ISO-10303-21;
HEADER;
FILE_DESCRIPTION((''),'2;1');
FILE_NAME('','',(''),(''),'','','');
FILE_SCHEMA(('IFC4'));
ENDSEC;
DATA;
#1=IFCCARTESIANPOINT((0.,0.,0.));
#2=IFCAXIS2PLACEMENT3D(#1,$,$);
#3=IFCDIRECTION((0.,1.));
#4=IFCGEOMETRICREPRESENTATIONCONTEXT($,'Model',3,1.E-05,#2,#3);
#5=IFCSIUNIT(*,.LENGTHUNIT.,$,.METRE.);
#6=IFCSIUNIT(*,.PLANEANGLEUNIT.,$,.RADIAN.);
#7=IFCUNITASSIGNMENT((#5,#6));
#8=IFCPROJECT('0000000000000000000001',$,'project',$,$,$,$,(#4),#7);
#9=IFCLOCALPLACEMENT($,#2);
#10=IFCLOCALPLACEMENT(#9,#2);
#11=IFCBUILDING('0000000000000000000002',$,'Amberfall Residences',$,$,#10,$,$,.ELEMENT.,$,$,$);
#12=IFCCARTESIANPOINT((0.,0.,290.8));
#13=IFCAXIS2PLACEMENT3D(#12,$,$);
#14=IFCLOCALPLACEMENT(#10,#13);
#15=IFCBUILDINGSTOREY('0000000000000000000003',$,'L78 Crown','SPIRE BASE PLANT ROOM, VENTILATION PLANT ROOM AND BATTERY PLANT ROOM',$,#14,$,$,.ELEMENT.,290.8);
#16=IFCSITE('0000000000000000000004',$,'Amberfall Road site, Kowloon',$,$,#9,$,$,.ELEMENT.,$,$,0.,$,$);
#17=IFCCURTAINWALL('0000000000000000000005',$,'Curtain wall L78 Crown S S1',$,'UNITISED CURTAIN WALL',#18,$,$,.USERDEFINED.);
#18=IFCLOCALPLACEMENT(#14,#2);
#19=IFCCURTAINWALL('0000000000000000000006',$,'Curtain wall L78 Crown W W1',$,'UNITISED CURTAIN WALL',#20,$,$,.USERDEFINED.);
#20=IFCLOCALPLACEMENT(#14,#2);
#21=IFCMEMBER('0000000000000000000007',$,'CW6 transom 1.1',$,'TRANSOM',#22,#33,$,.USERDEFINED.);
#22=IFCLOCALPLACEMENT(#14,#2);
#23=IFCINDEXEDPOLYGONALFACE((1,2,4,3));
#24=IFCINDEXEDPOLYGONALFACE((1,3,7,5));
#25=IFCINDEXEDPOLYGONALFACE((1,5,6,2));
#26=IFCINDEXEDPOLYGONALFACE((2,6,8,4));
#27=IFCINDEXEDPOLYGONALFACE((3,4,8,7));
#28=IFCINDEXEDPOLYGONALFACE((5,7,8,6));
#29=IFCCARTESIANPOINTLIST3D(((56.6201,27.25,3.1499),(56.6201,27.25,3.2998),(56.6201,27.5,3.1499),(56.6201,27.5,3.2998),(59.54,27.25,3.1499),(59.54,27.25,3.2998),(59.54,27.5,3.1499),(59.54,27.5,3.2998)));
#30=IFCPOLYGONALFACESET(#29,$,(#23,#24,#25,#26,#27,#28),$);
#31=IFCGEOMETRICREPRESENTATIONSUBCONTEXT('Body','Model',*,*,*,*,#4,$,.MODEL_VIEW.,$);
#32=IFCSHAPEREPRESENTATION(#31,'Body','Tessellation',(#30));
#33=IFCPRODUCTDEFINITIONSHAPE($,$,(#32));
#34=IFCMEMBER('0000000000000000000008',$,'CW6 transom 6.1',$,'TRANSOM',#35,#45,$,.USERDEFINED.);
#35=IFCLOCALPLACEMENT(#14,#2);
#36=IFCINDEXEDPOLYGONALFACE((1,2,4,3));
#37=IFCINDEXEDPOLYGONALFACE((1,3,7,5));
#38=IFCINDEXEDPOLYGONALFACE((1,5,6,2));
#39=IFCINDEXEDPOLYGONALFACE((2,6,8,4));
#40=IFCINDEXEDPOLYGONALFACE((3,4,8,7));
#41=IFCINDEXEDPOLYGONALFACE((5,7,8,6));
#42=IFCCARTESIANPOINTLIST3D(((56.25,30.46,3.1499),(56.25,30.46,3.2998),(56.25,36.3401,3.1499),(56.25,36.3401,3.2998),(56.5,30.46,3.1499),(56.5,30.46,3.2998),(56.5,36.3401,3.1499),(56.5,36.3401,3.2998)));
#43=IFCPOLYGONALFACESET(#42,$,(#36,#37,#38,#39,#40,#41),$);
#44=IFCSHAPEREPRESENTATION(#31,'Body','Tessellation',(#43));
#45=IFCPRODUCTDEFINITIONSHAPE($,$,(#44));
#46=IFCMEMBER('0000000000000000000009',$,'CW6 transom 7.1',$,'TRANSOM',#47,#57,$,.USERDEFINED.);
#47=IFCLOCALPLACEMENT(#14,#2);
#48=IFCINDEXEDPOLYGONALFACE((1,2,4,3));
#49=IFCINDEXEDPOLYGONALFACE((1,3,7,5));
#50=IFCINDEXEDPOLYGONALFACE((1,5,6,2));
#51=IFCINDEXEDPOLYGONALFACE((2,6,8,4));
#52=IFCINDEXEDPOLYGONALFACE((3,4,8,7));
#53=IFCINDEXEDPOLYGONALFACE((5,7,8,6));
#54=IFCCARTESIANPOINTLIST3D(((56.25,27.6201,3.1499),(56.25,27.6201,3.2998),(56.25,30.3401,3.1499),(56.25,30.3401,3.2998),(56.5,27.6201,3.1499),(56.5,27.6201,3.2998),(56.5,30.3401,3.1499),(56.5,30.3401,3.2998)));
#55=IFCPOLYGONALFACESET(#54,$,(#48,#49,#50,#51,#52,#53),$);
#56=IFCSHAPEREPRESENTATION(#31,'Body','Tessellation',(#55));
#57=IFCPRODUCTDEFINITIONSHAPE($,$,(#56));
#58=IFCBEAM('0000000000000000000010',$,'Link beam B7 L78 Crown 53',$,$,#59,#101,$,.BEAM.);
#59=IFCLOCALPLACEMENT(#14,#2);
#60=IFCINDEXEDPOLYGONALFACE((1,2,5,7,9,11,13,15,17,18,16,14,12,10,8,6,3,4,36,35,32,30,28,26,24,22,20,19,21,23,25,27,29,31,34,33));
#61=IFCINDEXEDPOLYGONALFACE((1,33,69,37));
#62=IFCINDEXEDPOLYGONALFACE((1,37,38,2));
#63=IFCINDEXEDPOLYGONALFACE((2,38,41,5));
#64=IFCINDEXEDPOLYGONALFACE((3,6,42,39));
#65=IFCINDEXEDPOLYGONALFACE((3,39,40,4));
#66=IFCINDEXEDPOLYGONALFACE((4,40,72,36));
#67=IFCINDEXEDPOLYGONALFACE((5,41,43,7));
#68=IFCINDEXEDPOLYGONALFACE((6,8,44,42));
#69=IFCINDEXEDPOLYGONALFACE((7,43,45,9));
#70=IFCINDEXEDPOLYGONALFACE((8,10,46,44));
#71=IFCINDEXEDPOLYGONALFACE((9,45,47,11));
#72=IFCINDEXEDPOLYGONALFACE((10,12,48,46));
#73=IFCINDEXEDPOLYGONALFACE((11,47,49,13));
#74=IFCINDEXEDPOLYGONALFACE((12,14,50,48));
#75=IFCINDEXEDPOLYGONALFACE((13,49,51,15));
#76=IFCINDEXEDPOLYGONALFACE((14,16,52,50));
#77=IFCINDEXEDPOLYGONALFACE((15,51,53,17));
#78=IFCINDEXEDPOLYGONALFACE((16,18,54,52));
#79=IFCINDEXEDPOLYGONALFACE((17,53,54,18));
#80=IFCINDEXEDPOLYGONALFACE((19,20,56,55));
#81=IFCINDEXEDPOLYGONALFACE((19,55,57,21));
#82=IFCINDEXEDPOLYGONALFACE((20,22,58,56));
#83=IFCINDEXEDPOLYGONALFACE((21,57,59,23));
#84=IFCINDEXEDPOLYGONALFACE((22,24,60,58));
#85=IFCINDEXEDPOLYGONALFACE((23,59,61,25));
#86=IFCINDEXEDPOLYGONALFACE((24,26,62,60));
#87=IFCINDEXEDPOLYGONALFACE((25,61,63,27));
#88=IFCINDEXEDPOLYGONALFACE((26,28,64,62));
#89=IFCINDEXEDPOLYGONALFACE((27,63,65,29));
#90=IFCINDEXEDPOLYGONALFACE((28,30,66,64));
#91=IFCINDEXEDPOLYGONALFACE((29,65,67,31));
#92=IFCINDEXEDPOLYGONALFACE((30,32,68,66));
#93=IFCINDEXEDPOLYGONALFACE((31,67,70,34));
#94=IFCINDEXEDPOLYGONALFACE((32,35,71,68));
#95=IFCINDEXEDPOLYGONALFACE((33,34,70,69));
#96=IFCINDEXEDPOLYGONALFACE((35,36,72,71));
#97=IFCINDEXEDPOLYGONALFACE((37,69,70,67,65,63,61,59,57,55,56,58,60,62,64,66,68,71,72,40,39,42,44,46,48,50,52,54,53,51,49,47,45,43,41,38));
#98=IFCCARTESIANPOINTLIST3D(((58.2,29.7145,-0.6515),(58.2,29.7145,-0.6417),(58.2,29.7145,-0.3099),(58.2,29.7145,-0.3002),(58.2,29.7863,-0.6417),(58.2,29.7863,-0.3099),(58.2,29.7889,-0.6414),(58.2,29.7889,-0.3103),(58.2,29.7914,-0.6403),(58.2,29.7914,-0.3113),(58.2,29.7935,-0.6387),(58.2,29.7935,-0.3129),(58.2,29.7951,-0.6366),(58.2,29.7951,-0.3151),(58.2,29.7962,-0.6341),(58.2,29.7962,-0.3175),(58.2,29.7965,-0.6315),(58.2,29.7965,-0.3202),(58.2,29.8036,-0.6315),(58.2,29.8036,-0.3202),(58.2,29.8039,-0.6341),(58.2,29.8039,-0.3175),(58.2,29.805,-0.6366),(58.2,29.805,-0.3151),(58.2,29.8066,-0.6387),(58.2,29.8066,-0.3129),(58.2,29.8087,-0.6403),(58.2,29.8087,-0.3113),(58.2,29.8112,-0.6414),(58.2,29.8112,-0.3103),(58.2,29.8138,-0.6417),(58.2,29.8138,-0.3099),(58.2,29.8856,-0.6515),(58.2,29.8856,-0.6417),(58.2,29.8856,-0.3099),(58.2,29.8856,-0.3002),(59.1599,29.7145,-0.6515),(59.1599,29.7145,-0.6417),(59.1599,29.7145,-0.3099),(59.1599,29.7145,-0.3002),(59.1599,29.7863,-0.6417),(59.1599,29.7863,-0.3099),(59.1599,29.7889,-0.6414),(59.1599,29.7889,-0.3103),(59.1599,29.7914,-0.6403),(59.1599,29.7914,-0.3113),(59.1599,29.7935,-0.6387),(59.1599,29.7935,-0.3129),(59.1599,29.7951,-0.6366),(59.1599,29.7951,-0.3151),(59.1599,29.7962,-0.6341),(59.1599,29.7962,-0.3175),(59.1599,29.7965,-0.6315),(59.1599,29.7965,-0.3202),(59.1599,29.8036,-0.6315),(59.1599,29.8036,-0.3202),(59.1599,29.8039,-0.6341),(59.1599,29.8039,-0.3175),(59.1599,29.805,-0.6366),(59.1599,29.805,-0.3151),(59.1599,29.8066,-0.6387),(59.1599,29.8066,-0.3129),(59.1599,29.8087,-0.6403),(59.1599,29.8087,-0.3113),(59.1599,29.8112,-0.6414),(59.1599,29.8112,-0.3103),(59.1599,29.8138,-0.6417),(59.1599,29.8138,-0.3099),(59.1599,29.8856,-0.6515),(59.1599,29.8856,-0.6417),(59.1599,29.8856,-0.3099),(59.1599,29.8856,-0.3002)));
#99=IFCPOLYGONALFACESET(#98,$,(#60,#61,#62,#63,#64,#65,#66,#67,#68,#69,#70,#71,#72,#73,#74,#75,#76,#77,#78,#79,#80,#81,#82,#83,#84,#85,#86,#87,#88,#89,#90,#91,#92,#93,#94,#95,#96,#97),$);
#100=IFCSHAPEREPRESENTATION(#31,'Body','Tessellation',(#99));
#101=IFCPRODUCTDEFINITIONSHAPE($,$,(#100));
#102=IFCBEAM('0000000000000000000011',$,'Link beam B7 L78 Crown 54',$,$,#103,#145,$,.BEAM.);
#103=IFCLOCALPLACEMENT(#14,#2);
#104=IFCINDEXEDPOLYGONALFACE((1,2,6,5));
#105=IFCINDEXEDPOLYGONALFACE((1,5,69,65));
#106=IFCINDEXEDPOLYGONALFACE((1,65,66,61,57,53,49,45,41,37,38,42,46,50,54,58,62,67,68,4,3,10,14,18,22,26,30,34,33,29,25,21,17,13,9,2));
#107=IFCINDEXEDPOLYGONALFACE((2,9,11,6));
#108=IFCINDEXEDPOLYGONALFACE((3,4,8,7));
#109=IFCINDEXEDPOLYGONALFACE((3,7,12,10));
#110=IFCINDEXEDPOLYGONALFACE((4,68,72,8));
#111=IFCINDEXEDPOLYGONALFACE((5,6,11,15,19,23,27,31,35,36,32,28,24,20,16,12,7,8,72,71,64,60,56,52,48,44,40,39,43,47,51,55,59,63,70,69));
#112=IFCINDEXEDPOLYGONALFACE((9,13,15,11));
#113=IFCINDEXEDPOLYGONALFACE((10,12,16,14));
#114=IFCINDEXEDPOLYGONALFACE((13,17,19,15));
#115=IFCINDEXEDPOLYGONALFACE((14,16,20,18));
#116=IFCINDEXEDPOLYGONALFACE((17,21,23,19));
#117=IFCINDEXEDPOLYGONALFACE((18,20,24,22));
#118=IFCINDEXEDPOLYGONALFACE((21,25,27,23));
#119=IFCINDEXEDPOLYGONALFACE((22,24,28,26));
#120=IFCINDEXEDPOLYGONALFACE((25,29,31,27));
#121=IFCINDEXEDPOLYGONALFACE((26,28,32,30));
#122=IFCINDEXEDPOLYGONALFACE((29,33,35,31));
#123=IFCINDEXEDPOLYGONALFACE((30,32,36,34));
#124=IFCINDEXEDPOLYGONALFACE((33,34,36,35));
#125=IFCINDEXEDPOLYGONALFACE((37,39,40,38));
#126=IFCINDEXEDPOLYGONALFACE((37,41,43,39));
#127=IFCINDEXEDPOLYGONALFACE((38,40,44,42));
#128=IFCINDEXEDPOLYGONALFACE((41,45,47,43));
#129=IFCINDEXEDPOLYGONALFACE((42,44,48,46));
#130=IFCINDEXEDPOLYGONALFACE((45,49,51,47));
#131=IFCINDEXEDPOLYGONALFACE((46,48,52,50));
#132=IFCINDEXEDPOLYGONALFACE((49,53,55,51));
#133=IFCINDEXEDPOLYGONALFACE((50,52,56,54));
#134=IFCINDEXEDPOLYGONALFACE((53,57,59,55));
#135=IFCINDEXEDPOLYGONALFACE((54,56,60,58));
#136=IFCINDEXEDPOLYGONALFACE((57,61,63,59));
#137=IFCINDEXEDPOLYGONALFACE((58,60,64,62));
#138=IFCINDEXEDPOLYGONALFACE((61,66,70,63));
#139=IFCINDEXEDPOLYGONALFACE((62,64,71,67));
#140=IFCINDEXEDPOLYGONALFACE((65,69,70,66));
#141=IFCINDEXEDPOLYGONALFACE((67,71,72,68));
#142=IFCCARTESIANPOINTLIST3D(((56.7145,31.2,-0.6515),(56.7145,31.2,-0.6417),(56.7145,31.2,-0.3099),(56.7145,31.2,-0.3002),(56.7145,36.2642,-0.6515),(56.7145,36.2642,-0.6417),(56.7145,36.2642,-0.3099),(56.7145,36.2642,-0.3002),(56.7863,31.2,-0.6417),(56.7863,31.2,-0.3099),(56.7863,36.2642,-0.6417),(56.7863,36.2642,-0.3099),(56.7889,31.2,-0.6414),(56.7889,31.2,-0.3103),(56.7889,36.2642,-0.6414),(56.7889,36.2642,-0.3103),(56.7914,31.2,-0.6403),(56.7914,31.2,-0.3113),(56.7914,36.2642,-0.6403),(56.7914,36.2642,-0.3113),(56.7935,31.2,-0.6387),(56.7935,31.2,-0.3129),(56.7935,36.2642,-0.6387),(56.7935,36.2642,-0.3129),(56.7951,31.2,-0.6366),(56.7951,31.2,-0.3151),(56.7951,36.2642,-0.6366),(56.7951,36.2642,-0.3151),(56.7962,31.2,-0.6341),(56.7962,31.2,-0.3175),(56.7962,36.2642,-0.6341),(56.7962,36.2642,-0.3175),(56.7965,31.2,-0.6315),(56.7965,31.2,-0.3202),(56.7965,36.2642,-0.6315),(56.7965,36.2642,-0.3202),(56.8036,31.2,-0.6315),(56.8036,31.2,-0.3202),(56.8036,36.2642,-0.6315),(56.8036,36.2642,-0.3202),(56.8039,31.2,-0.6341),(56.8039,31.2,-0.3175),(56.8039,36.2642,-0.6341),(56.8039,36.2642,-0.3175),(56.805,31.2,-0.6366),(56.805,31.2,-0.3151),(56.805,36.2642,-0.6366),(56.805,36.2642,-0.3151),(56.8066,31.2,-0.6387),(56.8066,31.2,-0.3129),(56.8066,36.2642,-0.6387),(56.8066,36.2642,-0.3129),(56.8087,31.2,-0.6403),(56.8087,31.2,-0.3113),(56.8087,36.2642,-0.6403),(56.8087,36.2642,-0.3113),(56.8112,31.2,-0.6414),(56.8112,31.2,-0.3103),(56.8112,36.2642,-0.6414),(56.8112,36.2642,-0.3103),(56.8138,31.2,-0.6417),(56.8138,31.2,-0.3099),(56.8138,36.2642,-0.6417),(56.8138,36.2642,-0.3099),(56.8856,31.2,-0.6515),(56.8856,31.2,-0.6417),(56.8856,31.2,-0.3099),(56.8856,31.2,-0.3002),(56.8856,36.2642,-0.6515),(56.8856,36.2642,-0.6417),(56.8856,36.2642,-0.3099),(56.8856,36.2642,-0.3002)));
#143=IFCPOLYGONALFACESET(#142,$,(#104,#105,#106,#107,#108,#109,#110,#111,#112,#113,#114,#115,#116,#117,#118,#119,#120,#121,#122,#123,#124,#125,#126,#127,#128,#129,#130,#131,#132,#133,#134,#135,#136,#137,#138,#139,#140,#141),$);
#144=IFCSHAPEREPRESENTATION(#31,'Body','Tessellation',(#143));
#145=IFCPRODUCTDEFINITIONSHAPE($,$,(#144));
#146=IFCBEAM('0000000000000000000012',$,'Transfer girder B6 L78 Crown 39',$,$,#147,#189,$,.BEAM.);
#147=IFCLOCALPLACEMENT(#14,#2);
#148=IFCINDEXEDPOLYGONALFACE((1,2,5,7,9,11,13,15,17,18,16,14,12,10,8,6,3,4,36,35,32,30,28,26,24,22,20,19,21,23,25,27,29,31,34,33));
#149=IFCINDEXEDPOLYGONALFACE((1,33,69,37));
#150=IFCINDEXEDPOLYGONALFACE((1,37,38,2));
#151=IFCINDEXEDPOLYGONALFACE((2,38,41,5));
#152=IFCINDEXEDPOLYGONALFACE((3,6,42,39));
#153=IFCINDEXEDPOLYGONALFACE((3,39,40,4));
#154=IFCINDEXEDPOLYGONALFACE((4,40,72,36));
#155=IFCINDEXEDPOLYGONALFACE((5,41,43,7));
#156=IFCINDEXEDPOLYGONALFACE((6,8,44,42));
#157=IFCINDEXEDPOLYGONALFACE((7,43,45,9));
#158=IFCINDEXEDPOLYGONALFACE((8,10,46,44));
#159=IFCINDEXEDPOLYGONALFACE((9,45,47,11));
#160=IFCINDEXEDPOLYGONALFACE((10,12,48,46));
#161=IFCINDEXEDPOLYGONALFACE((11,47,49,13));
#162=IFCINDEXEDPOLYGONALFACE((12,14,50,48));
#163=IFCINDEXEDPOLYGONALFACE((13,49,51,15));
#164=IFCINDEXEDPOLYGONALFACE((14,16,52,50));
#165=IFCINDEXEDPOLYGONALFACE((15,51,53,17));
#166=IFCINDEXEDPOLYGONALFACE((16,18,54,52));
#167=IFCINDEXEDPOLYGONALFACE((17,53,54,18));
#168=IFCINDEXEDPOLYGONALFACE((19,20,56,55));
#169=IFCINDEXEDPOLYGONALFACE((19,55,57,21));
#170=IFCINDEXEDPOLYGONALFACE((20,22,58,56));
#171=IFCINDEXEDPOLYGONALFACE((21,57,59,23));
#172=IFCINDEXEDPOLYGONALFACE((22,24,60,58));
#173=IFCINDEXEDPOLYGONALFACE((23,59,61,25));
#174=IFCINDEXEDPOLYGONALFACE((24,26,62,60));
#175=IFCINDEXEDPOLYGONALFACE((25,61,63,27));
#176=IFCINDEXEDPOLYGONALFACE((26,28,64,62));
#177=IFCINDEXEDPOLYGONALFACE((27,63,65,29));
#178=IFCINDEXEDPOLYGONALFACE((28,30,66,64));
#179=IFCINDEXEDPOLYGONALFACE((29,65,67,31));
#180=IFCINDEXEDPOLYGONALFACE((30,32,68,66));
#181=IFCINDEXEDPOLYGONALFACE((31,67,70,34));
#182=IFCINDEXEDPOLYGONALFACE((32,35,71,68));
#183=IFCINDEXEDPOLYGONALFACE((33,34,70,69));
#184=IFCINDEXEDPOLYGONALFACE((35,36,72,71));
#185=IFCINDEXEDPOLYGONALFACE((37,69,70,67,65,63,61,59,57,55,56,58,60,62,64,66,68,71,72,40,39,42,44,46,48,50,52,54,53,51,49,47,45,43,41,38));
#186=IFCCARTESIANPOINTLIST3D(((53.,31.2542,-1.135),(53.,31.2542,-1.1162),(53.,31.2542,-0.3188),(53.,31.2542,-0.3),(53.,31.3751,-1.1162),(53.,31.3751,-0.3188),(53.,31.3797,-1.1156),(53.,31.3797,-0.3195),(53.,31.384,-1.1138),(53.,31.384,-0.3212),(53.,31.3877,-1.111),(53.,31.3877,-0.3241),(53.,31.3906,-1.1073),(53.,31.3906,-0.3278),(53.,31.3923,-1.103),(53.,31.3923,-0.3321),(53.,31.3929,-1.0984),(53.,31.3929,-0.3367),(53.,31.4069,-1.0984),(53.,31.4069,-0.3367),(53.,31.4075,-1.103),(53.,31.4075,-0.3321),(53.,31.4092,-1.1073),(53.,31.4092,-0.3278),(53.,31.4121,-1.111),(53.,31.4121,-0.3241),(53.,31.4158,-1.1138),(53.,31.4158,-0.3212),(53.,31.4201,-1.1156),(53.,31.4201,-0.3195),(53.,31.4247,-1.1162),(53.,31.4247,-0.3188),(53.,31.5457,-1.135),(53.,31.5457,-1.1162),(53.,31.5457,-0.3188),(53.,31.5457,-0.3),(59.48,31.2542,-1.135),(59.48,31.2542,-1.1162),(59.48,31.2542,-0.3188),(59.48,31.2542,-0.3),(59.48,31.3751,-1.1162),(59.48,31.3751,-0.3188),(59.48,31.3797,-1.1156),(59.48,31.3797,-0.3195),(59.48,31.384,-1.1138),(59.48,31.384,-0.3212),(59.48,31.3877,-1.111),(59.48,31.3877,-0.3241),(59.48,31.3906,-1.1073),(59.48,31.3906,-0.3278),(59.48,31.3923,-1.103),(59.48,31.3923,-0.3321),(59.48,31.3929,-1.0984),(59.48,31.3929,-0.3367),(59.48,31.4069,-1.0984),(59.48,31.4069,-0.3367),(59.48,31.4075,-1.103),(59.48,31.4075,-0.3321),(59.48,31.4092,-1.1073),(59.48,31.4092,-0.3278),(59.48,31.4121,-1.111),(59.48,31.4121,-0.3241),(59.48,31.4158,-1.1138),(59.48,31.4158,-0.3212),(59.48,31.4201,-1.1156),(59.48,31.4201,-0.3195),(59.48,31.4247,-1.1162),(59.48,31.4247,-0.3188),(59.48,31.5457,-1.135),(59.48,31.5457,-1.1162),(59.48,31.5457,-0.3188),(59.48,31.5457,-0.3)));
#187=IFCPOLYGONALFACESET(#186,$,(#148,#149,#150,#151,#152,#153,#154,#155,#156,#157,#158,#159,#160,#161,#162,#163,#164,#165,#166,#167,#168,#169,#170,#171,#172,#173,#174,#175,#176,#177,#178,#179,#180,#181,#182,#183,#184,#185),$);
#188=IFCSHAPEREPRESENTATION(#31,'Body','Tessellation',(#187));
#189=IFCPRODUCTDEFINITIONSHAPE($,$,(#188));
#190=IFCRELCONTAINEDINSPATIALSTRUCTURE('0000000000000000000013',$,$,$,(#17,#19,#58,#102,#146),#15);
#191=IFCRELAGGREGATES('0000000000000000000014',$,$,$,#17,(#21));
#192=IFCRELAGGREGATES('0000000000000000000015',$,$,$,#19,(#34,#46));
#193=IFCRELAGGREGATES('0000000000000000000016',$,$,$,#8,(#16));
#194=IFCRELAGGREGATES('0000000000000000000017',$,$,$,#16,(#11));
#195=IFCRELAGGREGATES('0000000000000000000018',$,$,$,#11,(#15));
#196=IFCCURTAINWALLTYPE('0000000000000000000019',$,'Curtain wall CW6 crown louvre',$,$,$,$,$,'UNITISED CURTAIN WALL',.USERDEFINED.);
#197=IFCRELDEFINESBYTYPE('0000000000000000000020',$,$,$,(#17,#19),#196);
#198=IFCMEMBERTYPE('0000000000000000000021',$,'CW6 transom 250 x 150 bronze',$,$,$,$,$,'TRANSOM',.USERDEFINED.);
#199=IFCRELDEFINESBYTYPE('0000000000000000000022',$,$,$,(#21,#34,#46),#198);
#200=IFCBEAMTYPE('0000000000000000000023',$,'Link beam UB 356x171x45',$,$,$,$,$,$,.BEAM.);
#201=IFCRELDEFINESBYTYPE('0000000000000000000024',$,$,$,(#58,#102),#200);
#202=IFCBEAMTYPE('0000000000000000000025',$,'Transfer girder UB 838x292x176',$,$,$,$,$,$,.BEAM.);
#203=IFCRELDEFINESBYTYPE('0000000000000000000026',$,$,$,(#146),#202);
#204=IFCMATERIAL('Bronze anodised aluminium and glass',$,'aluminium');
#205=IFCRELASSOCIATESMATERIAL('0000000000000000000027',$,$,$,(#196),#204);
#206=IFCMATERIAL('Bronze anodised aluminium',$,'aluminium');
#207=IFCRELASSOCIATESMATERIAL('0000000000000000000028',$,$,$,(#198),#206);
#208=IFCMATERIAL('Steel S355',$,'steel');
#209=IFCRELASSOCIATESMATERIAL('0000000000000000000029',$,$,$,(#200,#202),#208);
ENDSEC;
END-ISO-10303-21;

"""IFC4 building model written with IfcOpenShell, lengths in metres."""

from ifc_helpers import new_model, si_unit, direction, frame, origin, origin_2d, place, context, subcontext, project, spatial, rectangle, i_section, extrude, material, material_profile, profile_set, type_object, element, aggregate, save


model = new_model("IFC4")

# Units and contexts
model_context = context("Model", 3, precision=1e-05, world=origin(), true_north=direction((0.0, 1.0)))
body_context = subcontext(model_context, "Body", "Model", "MODEL_VIEW")
ifc_project = project(units=[si_unit("LENGTHUNIT", "METRE"), si_unit("PLANEANGLEUNIT", "RADIAN")], contexts=[model_context])

# Site, building, storey
site_placement = place(None, origin())
site = spatial("IfcSite", under=ifc_project, at=site_placement, Name="Amberfall Road site, Kowloon", CompositionType="ELEMENT", RefElevation=0.0)
building_placement = place(site_placement, origin())
building = spatial("IfcBuilding", under=site, at=building_placement, Name="Amberfall Residences", CompositionType="ELEMENT")
storey_placement = place(building_placement, frame((0.0, 0.0, 290.8)))
storey = spatial("IfcBuildingStorey", under=building, at=storey_placement, Name="L78 Crown", Description="SPIRE BASE PLANT ROOM, VENTILATION PLANT ROOM AND BATTERY PLANT ROOM", CompositionType="ELEMENT", Elevation=290.8)

# Shared definitions
ifc_material_1 = material(Name="Steel S355", Category="steel")

# Curtain wall
ifc_material_2 = material(Name="Bronze anodised aluminium and glass", Category="aluminium")
curtain_wall_type = type_object("IfcCurtainWallType", Name="Curtain wall CW6 crown louvre", ElementType="UNITISED CURTAIN WALL", PredefinedType="USERDEFINED", material=ifc_material_2)
curtain_wall_1_placement = place(storey_placement, origin())
curtain_wall_1 = element("IfcCurtainWall", 1, at=curtain_wall_1_placement, inside=storey, type_object=curtain_wall_type, Name="Curtain wall L78 Crown S S1", ObjectType="UNITISED CURTAIN WALL", PredefinedType="USERDEFINED")
ifc_material_3 = material(Name="Bronze anodised aluminium", Category="aluminium")

# Curtain wall
curtain_wall_2_placement = place(storey_placement, origin())
curtain_wall_2 = element("IfcCurtainWall", 2, at=curtain_wall_2_placement, inside=storey, type_object=curtain_wall_type, Name="Curtain wall L78 Crown W W1", ObjectType="UNITISED CURTAIN WALL", PredefinedType="USERDEFINED")

# Members
ifc_material_profile_1 = material_profile(ifc_material_3, rectangle(XDim=0.25, YDim=0.1499, at=origin_2d()), Name="CW6 transom 250 x 150 bronze")
ifc_profile_set_1 = profile_set([ifc_material_profile_1], Name="Bronze anodised aluminium")
member_type_1 = type_object("IfcMemberType", Name="CW6 transom 250 x 150 bronze", ElementType="TRANSOM", PredefinedType="USERDEFINED", material=ifc_profile_set_1)
member_1_placement = place(storey_placement, frame((56.6201, 27.375, 3.2249), z_axis=(1.0, 0.0, 0.0), x_axis=(0.0, 1.0, 0.0)))
member_1 = element("IfcMember", 3, at=member_1_placement, type_object=member_type_1, Name="CW6 transom 1.1", ObjectType="TRANSOM", PredefinedType="USERDEFINED", context=body_context, shape_type="SweptSolid", body=[
    extrude(rectangle(XDim=0.25, YDim=0.1499, at=origin_2d()), origin(), (0.0, 0.0, 1.0), 2.9199),
])
member_2_placement = place(storey_placement, frame((56.375, 36.3401, 3.2249), z_axis=(0.0, -1.0, 0.0), x_axis=(1.0, 0.0, 0.0)))
member_2 = element("IfcMember", 4, at=member_2_placement, type_object=member_type_1, Name="CW6 transom 6.1", ObjectType="TRANSOM", PredefinedType="USERDEFINED", context=body_context, shape_type="SweptSolid", body=[
    extrude(rectangle(XDim=0.25, YDim=0.1499, at=origin_2d()), origin(), (0.0, 0.0, 1.0), 5.8801),
])
member_3_placement = place(storey_placement, frame((56.375, 30.3401, 3.2249), z_axis=(0.0, -1.0, 0.0), x_axis=(1.0, 0.0, 0.0)))
member_3 = element("IfcMember", 5, at=member_3_placement, type_object=member_type_1, Name="CW6 transom 7.1", ObjectType="TRANSOM", PredefinedType="USERDEFINED", context=body_context, shape_type="SweptSolid", body=[
    extrude(rectangle(XDim=0.25, YDim=0.1499, at=origin_2d()), origin(), (0.0, 0.0, 1.0), 2.72),
])

# Beams
ifc_material_profile_2 = material_profile(ifc_material_1, i_section(OverallWidth=0.1711, OverallDepth=0.3513, WebThickness=0.0071, FlangeThickness=0.0098, FilletRadius=0.0103, at=origin_2d()), Name="UB 356x171x45")
ifc_profile_set_2 = profile_set([ifc_material_profile_2], Name="Steel S355")
beam_type_1 = type_object("IfcBeamType", Name="Link beam UB 356x171x45", PredefinedType="BEAM", material=ifc_profile_set_2)
beam_1_placement = place(storey_placement, frame((58.2, 29.8, -0.4758), z_axis=(1.0, 0.0, 0.0), x_axis=(0.0, 1.0, 0.0)))
element("IfcBeam", 6, at=beam_1_placement, inside=storey, type_object=beam_type_1, Name="Link beam B7 L78 Crown 53", PredefinedType="BEAM", context=body_context, shape_type="SweptSolid", body=[
    extrude(i_section(OverallWidth=0.1711, OverallDepth=0.3513, WebThickness=0.0071, FlangeThickness=0.0098, FilletRadius=0.0103, at=origin_2d()), origin(), (0.0, 0.0, 1.0), 0.96),
])
beam_2_placement = place(storey_placement, frame((56.8, 31.2, -0.4758), z_axis=(0.0, 1.0, 0.0), x_axis=(-1.0, 0.0, 0.0)))
element("IfcBeam", 7, at=beam_2_placement, inside=storey, type_object=beam_type_1, Name="Link beam B7 L78 Crown 54", PredefinedType="BEAM", context=body_context, shape_type="SweptSolid", body=[
    extrude(i_section(OverallWidth=0.1711, OverallDepth=0.3513, WebThickness=0.0071, FlangeThickness=0.0098, FilletRadius=0.0103, at=origin_2d()), origin(), (0.0, 0.0, 1.0), 5.0642),
])
ifc_material_profile_3 = material_profile(ifc_material_1, i_section(OverallWidth=0.2915, OverallDepth=0.835, WebThickness=0.0139, FlangeThickness=0.0188, FilletRadius=0.0178, at=origin_2d()), Name="UB 838x292x176")
ifc_profile_set_3 = profile_set([ifc_material_profile_3], Name="Steel S355")
beam_type_2 = type_object("IfcBeamType", Name="Transfer girder UB 838x292x176", PredefinedType="BEAM", material=ifc_profile_set_3)
beam_3_placement = place(storey_placement, frame((53.0, 31.3999, -0.7175), z_axis=(1.0, 0.0, 0.0), x_axis=(0.0, 1.0, 0.0)))
element("IfcBeam", 8, at=beam_3_placement, inside=storey, type_object=beam_type_2, Name="Transfer girder B6 L78 Crown 39", PredefinedType="BEAM", context=body_context, shape_type="SweptSolid", body=[
    extrude(i_section(OverallWidth=0.2915, OverallDepth=0.835, WebThickness=0.0139, FlangeThickness=0.0188, FilletRadius=0.0178, at=origin_2d()), origin(), (0.0, 0.0, 1.0), 6.48),
])

aggregate(curtain_wall_1, [member_1])
aggregate(curtain_wall_2, [member_2, member_3])

save(model, "model.ifc")
